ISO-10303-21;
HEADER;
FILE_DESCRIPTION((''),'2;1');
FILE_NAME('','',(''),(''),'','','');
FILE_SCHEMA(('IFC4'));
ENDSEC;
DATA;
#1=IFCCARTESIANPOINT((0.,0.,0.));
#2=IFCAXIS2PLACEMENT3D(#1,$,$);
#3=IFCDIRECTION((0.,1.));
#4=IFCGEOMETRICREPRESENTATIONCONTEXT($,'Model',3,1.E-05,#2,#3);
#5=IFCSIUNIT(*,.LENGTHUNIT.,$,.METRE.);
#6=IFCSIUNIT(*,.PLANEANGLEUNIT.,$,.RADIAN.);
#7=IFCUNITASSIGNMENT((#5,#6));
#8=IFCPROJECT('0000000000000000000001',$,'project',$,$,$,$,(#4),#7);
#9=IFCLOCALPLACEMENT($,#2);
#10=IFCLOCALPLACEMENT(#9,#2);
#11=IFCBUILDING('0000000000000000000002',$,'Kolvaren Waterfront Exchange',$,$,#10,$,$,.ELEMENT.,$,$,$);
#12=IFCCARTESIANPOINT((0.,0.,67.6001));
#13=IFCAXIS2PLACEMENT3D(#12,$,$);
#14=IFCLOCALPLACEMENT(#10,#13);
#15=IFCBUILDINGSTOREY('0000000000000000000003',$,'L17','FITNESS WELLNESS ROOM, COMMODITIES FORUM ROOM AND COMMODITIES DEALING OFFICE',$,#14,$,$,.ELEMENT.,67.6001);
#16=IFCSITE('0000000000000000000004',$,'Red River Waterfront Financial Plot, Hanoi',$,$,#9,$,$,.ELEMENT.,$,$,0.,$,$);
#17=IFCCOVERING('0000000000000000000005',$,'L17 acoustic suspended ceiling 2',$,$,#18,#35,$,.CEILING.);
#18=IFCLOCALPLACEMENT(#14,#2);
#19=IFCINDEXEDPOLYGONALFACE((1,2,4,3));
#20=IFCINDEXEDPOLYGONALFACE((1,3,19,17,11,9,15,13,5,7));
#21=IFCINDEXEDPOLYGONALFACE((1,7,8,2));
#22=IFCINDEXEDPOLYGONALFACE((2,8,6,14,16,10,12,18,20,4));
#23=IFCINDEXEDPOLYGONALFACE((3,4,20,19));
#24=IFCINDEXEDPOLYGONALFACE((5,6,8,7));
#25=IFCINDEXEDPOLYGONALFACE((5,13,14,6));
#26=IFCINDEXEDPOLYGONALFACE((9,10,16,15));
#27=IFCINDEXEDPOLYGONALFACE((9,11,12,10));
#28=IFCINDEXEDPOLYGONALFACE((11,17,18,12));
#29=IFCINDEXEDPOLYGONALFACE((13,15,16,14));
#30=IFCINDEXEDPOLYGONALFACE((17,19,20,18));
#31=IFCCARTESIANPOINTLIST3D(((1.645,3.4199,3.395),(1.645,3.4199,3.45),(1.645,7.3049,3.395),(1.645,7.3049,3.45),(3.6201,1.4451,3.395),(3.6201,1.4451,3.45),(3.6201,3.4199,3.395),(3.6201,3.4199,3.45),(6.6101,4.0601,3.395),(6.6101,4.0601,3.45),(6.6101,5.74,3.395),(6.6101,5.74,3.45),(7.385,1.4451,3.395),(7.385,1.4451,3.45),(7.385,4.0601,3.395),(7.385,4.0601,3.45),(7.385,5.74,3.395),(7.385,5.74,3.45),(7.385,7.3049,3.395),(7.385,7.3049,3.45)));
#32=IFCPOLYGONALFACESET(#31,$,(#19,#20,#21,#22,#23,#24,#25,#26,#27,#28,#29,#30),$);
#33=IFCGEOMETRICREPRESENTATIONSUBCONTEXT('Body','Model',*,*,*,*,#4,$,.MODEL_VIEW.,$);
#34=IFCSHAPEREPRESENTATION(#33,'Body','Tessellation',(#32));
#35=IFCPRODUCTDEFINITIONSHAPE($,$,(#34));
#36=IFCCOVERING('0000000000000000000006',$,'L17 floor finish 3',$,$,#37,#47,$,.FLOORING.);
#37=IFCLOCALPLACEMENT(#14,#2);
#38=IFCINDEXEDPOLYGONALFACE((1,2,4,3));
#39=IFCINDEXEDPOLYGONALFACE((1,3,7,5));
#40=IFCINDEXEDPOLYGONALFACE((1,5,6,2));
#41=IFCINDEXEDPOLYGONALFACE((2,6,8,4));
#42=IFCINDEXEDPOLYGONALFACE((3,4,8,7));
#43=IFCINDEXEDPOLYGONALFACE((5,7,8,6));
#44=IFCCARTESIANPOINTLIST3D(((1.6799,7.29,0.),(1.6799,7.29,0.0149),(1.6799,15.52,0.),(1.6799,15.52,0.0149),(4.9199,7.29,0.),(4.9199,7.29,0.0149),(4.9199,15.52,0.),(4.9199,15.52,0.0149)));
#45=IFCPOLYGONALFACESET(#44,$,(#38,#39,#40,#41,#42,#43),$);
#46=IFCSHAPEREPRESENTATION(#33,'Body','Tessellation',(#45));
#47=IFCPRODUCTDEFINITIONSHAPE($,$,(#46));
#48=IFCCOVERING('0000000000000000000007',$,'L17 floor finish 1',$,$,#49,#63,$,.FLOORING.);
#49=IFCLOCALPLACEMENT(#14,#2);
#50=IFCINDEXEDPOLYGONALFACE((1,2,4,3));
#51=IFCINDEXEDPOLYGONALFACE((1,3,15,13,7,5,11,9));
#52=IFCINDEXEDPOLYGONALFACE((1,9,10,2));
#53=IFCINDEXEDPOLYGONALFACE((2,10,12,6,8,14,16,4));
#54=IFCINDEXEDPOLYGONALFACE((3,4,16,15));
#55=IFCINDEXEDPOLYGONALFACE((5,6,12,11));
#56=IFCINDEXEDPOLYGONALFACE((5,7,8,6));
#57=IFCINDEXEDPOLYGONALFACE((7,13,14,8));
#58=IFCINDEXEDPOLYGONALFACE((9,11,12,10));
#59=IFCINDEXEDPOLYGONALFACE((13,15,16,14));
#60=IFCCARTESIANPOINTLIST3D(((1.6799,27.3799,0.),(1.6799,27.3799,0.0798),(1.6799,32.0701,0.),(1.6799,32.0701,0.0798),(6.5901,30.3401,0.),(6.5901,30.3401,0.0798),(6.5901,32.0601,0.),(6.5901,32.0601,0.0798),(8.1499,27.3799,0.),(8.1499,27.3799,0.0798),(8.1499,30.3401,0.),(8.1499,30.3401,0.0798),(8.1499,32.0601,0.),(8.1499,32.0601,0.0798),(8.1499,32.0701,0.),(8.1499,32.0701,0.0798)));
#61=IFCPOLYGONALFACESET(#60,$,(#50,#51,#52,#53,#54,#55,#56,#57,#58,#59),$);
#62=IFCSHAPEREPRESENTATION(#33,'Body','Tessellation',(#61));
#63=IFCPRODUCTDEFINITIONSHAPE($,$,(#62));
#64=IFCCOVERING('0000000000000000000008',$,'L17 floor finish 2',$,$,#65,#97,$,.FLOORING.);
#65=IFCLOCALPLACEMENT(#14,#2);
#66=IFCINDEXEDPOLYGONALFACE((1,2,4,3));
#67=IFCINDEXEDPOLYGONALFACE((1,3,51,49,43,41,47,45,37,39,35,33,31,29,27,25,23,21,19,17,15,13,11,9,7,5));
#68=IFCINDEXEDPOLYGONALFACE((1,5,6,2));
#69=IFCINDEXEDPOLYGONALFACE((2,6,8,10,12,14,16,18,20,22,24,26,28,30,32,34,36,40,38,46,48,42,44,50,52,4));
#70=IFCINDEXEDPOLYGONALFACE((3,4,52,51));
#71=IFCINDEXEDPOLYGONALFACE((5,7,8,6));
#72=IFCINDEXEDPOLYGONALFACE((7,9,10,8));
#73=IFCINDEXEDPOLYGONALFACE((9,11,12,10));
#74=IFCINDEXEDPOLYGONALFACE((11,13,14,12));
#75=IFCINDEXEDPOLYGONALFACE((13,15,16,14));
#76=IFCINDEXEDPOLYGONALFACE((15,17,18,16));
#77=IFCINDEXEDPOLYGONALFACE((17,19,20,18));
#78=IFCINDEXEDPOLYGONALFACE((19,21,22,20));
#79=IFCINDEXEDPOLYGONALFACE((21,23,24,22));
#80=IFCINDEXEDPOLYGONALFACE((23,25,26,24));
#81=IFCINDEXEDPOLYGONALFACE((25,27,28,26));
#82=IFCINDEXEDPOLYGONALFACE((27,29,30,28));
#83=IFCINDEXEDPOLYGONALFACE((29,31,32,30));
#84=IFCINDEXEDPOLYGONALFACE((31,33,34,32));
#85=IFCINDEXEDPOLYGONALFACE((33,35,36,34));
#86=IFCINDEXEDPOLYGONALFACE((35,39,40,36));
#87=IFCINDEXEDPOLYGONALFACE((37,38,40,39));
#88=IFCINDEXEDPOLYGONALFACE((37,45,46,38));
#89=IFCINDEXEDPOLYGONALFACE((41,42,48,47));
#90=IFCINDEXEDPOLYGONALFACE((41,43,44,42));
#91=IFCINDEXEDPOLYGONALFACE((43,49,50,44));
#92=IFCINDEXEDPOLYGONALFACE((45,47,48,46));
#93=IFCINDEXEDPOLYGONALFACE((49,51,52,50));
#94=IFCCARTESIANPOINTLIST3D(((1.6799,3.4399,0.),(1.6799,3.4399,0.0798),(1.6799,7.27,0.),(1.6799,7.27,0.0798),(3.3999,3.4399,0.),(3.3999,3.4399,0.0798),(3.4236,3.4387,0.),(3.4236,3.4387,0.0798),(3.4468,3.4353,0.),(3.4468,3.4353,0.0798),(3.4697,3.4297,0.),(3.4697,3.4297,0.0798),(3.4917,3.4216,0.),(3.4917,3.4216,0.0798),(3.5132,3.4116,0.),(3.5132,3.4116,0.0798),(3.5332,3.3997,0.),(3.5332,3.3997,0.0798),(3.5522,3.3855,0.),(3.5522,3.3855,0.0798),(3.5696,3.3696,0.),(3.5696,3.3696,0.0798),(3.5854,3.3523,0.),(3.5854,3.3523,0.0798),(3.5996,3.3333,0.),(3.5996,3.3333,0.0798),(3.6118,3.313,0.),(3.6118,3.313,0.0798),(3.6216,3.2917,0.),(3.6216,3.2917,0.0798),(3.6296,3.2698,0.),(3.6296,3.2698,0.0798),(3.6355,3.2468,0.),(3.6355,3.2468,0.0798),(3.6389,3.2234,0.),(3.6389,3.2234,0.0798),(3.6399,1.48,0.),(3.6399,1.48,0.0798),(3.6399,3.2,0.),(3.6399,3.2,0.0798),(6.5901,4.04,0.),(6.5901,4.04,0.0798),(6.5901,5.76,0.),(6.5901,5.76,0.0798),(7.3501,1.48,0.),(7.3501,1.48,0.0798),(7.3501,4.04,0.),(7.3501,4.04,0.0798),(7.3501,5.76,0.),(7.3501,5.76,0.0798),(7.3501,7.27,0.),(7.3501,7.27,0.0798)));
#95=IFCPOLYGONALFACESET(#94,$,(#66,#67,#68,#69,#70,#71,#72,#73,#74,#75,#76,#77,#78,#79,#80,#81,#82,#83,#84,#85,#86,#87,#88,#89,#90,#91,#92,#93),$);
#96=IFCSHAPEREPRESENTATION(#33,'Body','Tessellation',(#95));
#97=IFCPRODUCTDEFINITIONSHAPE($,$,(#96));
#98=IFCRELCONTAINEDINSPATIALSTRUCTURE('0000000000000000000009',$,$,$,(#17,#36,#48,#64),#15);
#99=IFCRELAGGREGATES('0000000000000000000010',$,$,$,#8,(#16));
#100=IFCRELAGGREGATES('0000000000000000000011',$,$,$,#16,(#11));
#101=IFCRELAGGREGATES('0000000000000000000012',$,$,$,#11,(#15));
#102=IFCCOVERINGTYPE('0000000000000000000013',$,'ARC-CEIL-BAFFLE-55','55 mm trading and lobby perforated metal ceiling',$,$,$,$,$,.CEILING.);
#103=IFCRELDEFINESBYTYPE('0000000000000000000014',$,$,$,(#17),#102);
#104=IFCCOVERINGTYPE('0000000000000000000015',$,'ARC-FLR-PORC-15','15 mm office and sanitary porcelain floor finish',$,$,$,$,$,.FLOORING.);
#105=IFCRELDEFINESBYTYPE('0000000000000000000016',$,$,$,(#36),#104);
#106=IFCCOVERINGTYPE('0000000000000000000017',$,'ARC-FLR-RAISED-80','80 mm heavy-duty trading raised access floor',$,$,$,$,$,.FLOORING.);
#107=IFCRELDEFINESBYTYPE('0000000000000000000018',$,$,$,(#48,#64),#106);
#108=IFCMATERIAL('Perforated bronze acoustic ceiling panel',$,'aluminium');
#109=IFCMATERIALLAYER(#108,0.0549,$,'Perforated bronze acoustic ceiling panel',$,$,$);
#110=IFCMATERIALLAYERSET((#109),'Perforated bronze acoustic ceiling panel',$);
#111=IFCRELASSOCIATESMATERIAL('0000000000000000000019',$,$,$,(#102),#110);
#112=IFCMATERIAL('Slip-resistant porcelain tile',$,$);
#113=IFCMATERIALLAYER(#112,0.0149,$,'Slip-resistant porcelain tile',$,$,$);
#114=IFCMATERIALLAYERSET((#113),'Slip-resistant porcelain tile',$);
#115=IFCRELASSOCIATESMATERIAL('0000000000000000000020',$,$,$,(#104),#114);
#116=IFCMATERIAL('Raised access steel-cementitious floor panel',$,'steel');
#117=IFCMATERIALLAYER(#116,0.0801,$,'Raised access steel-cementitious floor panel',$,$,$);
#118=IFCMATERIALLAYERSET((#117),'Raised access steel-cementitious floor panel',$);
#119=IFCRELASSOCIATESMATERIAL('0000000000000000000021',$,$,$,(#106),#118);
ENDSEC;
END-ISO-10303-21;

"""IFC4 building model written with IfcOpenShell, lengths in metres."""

from ifc_helpers import new_model, si_unit, direction, frame, origin, place, context, subcontext, project, spatial, polyline, outline, extrude, material, layer, layer_set, type_object, element, save


model = new_model("IFC4")

# Units and contexts
model_context = context("Model", 3, precision=1e-05, world=origin(), true_north=direction((0.0, 1.0)))
body_context = subcontext(model_context, "Body", "Model", "MODEL_VIEW")
ifc_project = project(units=[si_unit("LENGTHUNIT", "METRE"), si_unit("PLANEANGLEUNIT", "RADIAN")], contexts=[model_context])

# Site, building, storey
site_placement = place(None, origin())
site = spatial("IfcSite", under=ifc_project, at=site_placement, Name="Red River Waterfront Financial Plot, Hanoi", CompositionType="ELEMENT", RefElevation=0.0)
building_placement = place(site_placement, origin())
building = spatial("IfcBuilding", under=site, at=building_placement, Name="Kolvaren Waterfront Exchange", CompositionType="ELEMENT")
storey_placement = place(building_placement, frame((0.0, 0.0, 67.6001)))
storey = spatial("IfcBuildingStorey", under=building, at=storey_placement, Name="L17", Description="FITNESS WELLNESS ROOM, COMMODITIES FORUM ROOM AND COMMODITIES DEALING OFFICE", CompositionType="ELEMENT", Elevation=67.6001)

# Coverings
ifc_material_1 = material(Name="Perforated bronze acoustic ceiling panel", Category="aluminium")
ifc_layer_1 = layer(ifc_material_1, 0.0549, Name="Perforated bronze acoustic ceiling panel")
ifc_layer_set_1 = layer_set([ifc_layer_1], Name="Perforated bronze acoustic ceiling panel")
covering_type_1 = type_object("IfcCoveringType", Name="ARC-CEIL-BAFFLE-55", Description="55 mm trading and lobby perforated metal ceiling", PredefinedType="CEILING", material=ifc_layer_set_1)
covering_1_placement = place(storey_placement, frame((0.0, 0.0, 3.395)))
element("IfcCovering", 1, at=covering_1_placement, inside=storey, type_object=covering_type_1, Name="L17 acoustic suspended ceiling 2", PredefinedType="CEILING", context=body_context, shape_type="SweptSolid", body=[
    extrude(outline(polyline([(7.385, 4.0601), (6.6101, 4.0601), (6.6101, 5.74), (7.385, 5.74), (7.385, 7.3049), (1.645, 7.3049), (1.645, 3.4199), (3.6201, 3.4199), (3.6201, 1.4451), (7.385, 1.4451), (7.385, 4.0601)])), origin(), (0.0, 0.0, 1.0), 0.0549),
])
ifc_material_2 = material(Name="Slip-resistant porcelain tile")
ifc_layer_2 = layer(ifc_material_2, 0.0149, Name="Slip-resistant porcelain tile")
ifc_layer_set_2 = layer_set([ifc_layer_2], Name="Slip-resistant porcelain tile")
covering_type_2 = type_object("IfcCoveringType", Name="ARC-FLR-PORC-15", Description="15 mm office and sanitary porcelain floor finish", PredefinedType="FLOORING", material=ifc_layer_set_2)
covering_2_placement = place(storey_placement, origin())
element("IfcCovering", 2, at=covering_2_placement, inside=storey, type_object=covering_type_2, Name="L17 floor finish 3", PredefinedType="FLOORING", context=body_context, shape_type="SweptSolid", body=[
    extrude(outline(polyline([(4.9199, 15.52), (1.6799, 15.52), (1.6799, 7.29), (4.9199, 7.29), (4.9199, 15.52)])), origin(), (0.0, 0.0, 1.0), 0.0149),
])
ifc_material_3 = material(Name="Raised access steel-cementitious floor panel", Category="steel")
ifc_layer_3 = layer(ifc_material_3, 0.0801, Name="Raised access steel-cementitious floor panel")
ifc_layer_set_3 = layer_set([ifc_layer_3], Name="Raised access steel-cementitious floor panel")
covering_type_3 = type_object("IfcCoveringType", Name="ARC-FLR-RAISED-80", Description="80 mm heavy-duty trading raised access floor", PredefinedType="FLOORING", material=ifc_layer_set_3)
covering_3_placement = place(storey_placement, origin())
element("IfcCovering", 3, at=covering_3_placement, inside=storey, type_object=covering_type_3, Name="L17 floor finish 1", PredefinedType="FLOORING", context=body_context, shape_type="SweptSolid", body=[
    extrude(outline(polyline([(1.6799, 32.0701), (1.6799, 27.3799), (8.1499, 27.3799), (8.1499, 30.3401), (6.5901, 30.3401), (6.5901, 32.0601), (8.1499, 32.0601), (8.1499, 32.0701), (1.6799, 32.0701)])), origin(), (0.0, 0.0, 1.0), 0.0798),
])
covering_4_placement = place(storey_placement, origin())
element("IfcCovering", 4, at=covering_4_placement, inside=storey, type_object=covering_type_3, Name="L17 floor finish 2", PredefinedType="FLOORING", context=body_context, shape_type="SweptSolid", body=[
    extrude(outline(polyline([(7.3501, 7.27), (1.6799, 7.27), (1.6799, 3.4399), (3.3999, 3.4399), (3.4236, 3.4387), (3.4468, 3.4353), (3.4697, 3.4297), (3.4917, 3.4216), (3.5132, 3.4116), (3.5332, 3.3997), (3.5522, 3.3855), (3.5696, 3.3696), (3.5854, 3.3523), (3.5996, 3.3333), (3.6118, 3.313), (3.6216, 3.2917), (3.6296, 3.2698), (3.6355, 3.2468), (3.6389, 3.2234), (3.6399, 3.2), (3.6399, 1.48), (7.3501, 1.48), (7.3501, 4.04), (6.5901, 4.04), (6.5901, 5.76), (7.3501, 5.76), (7.3501, 7.27)])), origin(), (0.0, 0.0, 1.0), 0.0798),
])

save(model, "model.ifc")
